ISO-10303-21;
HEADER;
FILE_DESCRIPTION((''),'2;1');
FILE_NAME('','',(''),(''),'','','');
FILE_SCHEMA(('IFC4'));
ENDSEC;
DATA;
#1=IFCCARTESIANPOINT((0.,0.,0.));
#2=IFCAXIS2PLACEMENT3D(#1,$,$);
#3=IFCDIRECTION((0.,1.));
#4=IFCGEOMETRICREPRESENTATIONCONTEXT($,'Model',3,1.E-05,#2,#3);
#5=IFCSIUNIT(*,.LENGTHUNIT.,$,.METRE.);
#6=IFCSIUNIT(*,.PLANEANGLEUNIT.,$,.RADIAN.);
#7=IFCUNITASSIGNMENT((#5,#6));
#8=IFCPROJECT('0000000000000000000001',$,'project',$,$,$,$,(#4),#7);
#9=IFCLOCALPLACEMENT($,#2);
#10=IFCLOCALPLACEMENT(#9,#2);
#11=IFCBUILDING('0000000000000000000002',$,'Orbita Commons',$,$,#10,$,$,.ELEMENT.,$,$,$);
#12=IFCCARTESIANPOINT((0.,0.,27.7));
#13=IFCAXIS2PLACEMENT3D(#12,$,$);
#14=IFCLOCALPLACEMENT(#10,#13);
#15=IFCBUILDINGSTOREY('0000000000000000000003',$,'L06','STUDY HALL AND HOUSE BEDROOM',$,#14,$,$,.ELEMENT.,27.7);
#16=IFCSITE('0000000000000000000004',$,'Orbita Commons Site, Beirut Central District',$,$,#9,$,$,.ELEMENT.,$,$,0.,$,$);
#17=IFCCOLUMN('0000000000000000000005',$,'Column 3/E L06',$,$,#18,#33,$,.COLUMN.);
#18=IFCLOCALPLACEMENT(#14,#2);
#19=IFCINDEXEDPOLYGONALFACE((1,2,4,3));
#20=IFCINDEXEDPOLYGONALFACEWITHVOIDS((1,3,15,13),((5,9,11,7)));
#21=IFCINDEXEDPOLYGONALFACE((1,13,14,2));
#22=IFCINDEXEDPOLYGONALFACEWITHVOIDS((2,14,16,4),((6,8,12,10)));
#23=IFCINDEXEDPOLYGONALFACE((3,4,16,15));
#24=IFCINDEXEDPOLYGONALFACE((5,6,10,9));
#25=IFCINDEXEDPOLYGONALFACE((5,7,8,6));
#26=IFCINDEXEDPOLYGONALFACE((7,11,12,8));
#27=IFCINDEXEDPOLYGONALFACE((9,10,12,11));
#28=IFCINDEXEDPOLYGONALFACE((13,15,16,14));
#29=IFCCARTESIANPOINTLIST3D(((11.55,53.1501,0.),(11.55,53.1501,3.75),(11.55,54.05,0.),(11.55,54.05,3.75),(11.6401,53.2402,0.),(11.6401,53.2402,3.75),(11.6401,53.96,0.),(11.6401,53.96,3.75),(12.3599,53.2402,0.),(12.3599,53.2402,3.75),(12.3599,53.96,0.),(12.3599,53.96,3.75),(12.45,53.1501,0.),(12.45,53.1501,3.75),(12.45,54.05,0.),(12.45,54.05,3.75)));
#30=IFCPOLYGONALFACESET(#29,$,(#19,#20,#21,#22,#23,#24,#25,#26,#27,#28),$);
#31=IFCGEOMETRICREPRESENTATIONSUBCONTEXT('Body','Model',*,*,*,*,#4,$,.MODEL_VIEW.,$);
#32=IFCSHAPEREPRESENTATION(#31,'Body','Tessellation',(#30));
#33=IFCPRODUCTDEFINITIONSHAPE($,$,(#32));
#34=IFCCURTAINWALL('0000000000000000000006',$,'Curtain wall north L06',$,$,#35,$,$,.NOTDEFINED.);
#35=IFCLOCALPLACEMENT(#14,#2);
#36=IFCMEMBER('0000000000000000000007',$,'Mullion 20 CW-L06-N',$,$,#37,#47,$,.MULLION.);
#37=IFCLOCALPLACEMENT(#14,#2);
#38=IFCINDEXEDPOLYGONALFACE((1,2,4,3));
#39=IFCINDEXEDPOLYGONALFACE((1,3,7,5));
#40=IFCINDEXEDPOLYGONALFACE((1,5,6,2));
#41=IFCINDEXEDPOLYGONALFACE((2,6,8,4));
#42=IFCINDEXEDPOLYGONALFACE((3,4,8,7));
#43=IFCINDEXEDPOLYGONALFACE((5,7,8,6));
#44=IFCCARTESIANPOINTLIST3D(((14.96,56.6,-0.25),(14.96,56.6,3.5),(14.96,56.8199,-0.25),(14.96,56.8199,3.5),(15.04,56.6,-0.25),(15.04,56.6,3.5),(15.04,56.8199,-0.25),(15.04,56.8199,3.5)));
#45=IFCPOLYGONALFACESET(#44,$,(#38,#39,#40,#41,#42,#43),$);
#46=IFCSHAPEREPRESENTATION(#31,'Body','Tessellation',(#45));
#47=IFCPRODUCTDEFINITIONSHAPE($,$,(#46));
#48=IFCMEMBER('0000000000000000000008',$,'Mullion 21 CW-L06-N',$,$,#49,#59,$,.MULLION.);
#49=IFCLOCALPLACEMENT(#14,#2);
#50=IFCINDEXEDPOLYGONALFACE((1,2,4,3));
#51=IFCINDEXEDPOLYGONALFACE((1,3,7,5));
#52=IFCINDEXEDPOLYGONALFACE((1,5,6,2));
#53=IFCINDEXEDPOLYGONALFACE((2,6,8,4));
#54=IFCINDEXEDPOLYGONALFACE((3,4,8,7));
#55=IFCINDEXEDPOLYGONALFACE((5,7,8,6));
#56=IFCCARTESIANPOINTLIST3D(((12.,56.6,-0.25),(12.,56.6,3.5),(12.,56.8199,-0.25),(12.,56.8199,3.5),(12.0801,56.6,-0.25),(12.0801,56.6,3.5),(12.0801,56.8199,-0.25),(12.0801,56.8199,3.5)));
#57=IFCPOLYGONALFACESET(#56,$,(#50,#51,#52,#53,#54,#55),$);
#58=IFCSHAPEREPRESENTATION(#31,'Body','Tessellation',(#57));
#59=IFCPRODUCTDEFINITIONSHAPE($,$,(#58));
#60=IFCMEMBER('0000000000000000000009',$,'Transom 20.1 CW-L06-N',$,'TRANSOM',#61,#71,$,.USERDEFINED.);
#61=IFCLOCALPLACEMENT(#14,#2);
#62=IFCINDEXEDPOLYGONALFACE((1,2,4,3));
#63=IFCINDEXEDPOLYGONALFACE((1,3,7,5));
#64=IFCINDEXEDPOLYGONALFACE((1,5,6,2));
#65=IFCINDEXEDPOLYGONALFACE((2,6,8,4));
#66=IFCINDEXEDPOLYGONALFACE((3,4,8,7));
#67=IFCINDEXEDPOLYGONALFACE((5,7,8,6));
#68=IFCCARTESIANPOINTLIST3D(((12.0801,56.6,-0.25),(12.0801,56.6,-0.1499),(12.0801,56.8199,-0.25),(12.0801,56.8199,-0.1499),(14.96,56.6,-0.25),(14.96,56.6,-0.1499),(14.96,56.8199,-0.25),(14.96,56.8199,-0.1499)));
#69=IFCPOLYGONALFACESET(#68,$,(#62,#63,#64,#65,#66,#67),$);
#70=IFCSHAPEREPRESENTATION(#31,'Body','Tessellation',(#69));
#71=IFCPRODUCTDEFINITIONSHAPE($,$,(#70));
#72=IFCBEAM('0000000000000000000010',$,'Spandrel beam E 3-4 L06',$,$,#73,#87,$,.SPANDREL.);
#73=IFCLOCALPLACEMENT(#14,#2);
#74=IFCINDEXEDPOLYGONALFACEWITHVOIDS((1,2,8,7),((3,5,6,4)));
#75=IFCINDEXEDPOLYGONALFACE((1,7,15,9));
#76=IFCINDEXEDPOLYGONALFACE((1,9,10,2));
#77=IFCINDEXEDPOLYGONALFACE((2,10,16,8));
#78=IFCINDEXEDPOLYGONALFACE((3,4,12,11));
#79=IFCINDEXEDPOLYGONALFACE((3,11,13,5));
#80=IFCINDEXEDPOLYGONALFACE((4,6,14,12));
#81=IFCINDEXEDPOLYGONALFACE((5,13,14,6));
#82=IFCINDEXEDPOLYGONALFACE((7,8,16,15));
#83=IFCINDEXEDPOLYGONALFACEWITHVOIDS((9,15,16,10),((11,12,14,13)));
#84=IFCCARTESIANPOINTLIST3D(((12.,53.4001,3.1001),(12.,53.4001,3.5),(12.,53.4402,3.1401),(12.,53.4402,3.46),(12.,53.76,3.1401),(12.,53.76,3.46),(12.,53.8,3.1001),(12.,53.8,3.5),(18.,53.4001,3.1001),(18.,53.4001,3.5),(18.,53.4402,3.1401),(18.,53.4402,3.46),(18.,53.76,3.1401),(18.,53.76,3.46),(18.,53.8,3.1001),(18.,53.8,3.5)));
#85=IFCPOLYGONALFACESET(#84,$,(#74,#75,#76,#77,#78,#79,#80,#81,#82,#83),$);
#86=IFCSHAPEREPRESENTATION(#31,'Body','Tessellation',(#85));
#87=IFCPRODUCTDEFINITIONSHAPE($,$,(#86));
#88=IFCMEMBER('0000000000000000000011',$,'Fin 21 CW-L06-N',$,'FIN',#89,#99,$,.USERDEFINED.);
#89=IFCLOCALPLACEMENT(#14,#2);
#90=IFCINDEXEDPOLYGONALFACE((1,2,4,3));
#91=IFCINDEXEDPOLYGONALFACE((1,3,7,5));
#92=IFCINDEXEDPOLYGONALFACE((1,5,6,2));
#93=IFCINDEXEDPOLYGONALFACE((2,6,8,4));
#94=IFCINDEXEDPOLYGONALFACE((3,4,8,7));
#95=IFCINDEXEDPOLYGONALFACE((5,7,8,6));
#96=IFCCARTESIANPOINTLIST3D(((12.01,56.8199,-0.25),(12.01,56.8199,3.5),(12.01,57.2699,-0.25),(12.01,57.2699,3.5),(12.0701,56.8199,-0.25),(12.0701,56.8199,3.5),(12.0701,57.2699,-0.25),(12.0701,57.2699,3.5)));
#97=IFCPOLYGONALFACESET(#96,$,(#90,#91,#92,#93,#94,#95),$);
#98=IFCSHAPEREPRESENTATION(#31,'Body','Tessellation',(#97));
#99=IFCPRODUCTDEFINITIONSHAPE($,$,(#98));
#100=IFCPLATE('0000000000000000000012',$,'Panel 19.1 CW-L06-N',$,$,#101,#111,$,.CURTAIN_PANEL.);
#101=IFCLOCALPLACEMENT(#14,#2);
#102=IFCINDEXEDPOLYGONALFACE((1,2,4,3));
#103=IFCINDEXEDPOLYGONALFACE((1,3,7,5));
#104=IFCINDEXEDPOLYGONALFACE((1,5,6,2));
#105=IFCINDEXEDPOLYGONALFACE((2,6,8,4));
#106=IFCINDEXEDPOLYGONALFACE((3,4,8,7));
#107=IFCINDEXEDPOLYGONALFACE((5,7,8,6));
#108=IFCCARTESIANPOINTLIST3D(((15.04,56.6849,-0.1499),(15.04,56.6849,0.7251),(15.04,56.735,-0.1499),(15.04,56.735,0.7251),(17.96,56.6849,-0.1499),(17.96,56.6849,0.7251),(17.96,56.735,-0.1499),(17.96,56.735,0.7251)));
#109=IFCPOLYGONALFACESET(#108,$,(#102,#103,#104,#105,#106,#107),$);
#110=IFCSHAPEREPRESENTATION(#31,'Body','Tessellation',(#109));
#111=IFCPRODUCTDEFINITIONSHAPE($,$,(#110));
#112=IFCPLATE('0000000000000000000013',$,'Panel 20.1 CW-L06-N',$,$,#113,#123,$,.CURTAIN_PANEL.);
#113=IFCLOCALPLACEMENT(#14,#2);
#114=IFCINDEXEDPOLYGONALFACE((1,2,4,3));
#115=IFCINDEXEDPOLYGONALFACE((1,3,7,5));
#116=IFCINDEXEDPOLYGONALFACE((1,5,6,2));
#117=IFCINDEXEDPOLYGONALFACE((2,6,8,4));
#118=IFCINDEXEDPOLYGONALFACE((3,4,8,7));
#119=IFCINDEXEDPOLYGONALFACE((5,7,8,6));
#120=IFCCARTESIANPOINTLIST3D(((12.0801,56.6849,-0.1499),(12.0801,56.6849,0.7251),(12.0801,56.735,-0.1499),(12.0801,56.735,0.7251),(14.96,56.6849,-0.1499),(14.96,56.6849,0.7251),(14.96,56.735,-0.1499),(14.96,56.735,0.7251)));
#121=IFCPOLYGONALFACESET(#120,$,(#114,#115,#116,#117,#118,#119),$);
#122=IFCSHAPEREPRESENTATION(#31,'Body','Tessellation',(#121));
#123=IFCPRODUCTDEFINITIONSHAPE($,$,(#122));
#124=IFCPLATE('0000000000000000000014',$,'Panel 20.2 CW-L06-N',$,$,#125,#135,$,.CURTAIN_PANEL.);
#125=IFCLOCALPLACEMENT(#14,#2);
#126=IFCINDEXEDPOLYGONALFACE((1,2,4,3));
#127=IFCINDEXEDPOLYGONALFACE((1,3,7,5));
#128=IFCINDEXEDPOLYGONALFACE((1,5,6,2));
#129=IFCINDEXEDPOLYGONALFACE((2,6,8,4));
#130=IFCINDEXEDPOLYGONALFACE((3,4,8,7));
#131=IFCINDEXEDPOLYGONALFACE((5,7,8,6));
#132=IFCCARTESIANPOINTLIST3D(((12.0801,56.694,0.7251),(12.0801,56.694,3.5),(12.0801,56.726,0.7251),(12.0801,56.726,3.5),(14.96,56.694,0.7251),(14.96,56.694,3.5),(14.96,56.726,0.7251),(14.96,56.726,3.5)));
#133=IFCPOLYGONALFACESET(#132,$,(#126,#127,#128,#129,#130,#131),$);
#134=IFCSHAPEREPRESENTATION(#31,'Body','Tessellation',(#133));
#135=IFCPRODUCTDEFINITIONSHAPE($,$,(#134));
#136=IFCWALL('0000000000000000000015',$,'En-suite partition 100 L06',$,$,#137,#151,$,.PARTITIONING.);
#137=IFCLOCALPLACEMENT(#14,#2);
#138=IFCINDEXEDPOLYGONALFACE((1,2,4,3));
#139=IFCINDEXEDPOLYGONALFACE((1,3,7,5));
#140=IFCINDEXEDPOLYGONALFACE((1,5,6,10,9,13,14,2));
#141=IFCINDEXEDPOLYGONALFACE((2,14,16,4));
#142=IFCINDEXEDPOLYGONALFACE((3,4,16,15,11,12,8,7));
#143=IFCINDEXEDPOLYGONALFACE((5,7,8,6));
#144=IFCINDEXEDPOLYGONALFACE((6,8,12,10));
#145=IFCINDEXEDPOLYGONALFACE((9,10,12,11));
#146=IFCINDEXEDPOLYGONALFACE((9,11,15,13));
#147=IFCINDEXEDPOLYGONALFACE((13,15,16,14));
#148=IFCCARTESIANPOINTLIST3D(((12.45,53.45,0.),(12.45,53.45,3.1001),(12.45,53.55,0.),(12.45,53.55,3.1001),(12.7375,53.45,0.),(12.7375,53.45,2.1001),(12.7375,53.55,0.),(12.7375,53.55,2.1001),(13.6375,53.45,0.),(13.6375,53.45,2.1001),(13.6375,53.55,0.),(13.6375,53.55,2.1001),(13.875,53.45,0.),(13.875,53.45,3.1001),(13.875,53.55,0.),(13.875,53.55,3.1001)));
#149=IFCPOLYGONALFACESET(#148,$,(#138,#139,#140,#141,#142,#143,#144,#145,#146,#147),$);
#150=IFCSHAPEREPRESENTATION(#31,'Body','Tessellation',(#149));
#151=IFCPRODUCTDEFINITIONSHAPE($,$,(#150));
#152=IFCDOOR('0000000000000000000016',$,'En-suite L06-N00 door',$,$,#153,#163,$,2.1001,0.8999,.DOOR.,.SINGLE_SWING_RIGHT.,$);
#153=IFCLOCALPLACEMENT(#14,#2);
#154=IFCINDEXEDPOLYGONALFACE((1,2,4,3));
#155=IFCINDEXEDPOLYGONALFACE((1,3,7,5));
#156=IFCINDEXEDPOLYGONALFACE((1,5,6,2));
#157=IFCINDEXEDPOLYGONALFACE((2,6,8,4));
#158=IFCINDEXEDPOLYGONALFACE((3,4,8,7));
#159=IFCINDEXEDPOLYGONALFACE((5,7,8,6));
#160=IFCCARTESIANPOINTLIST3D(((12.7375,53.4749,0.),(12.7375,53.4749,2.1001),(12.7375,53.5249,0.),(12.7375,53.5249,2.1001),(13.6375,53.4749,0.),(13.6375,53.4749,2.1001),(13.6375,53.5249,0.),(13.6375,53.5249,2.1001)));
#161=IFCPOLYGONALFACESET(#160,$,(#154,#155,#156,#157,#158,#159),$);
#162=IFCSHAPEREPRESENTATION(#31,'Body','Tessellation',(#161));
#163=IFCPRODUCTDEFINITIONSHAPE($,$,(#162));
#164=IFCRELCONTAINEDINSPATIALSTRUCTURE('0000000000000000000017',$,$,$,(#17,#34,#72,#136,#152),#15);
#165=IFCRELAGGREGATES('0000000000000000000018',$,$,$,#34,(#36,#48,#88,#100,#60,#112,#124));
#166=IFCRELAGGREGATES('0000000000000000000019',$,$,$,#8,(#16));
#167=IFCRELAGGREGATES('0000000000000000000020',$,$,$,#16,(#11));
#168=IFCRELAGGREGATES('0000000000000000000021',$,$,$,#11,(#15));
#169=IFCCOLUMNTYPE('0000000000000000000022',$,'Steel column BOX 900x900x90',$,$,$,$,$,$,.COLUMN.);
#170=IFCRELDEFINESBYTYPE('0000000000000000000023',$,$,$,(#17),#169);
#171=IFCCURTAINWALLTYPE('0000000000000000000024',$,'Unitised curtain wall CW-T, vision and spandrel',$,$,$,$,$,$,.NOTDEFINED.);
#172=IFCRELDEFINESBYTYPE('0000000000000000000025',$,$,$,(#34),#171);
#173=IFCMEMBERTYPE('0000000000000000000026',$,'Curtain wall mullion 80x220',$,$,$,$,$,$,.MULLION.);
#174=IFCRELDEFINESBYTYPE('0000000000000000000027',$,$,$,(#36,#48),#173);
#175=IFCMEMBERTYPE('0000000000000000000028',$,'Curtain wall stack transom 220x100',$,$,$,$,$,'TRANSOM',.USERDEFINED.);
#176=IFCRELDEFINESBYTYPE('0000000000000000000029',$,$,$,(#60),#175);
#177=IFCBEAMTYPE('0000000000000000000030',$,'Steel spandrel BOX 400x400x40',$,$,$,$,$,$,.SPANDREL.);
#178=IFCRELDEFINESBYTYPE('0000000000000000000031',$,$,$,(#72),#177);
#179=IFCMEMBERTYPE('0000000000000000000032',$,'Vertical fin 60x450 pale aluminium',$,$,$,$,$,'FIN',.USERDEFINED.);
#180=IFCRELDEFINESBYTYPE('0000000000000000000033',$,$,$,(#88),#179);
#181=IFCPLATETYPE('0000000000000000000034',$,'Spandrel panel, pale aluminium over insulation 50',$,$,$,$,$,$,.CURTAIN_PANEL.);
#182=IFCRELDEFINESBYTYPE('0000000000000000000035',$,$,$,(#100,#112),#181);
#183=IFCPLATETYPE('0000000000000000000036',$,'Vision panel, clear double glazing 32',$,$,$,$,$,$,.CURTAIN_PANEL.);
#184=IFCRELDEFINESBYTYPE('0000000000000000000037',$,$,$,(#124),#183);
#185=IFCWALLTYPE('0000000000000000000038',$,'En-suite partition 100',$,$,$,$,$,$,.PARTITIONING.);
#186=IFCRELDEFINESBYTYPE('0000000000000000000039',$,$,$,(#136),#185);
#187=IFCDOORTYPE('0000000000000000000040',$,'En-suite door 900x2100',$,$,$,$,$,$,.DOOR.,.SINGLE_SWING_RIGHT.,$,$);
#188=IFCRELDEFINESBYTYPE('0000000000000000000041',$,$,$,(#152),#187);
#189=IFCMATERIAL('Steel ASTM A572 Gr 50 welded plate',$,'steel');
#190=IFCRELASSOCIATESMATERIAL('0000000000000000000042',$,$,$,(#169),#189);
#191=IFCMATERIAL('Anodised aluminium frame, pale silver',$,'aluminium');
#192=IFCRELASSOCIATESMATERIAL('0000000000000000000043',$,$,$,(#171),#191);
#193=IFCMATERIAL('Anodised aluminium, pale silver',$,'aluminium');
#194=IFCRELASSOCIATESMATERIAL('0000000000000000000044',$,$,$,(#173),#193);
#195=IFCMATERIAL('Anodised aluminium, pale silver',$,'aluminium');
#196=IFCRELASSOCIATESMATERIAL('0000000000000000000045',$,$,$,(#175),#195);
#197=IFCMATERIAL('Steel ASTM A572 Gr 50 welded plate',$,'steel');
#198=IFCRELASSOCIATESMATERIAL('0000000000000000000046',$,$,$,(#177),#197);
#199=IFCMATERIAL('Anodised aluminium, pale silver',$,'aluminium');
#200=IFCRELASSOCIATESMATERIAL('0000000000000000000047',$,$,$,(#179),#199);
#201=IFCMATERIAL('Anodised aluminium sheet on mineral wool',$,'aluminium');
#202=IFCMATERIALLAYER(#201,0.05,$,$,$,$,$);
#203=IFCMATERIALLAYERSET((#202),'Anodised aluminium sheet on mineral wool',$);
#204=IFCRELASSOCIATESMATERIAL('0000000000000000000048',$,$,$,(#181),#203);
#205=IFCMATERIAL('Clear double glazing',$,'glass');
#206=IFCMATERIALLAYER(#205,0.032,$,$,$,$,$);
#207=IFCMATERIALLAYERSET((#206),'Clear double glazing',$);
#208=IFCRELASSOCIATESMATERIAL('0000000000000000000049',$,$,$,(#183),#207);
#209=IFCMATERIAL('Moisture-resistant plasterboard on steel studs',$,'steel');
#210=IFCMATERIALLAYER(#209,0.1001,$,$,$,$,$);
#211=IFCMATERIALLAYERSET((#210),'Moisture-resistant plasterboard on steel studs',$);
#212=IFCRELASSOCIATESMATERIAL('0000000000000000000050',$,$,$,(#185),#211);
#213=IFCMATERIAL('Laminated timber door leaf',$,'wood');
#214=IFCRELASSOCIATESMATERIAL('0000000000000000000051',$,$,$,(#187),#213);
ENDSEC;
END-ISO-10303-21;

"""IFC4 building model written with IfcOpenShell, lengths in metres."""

from ifc_helpers import new_model, si_unit, direction, frame, frame_2d, origin, origin_2d, place, context, subcontext, project, spatial, polyline, rectangle, hollow_rectangle, outline, extrude, material, layer, layer_set, material_profile, profile_set, type_object, element, fill, aggregate, save


model = new_model("IFC4")

# Units and contexts
model_context = context("Model", 3, precision=1e-05, world=origin(), true_north=direction((0.0, 1.0)))
body_context = subcontext(model_context, "Body", "Model", "MODEL_VIEW")
ifc_project = project(units=[si_unit("LENGTHUNIT", "METRE"), si_unit("PLANEANGLEUNIT", "RADIAN")], contexts=[model_context])

# Site, building, storey
site_placement = place(None, origin())
site = spatial("IfcSite", under=ifc_project, at=site_placement, Name="Orbita Commons Site, Beirut Central District", CompositionType="ELEMENT", RefElevation=0.0)
building_placement = place(site_placement, origin())
building = spatial("IfcBuilding", under=site, at=building_placement, Name="Orbita Commons", CompositionType="ELEMENT")
storey_placement = place(building_placement, frame((0.0, 0.0, 27.7)))
storey = spatial("IfcBuildingStorey", under=building, at=storey_placement, Name="L06", Description="STUDY HALL AND HOUSE BEDROOM", CompositionType="ELEMENT", Elevation=27.7)

# Column
ifc_material_1 = material(Name="Steel ASTM A572 Gr 50 welded plate", Category="steel")
ifc_material_profile_1 = material_profile(ifc_material_1, hollow_rectangle(XDim=0.8999, YDim=0.8999, WallThickness=0.0901, at=origin_2d()), Name="BOX 900x900x90")
ifc_profile_set_1 = profile_set([ifc_material_profile_1], Name="Steel ASTM A572 Gr 50 welded plate")
column_type = type_object("IfcColumnType", Name="Steel column BOX 900x900x90", PredefinedType="COLUMN", material=ifc_profile_set_1)
column_placement = place(storey_placement, frame((12.0, 53.6001, 0.0), z_axis=(0.0, 0.0, 1.0), x_axis=(1.0, 0.0, 0.0)))
element("IfcColumn", 1, at=column_placement, inside=storey, type_object=column_type, Name="Column 3/E L06", PredefinedType="COLUMN", context=body_context, shape_type="SweptSolid", body=[
    extrude(hollow_rectangle(XDim=0.8999, YDim=0.8999, WallThickness=0.0901, at=origin_2d()), origin(), (0.0, 0.0, 1.0), 3.75),
])

# Curtain wall, members
ifc_material_2 = material(Name="Anodised aluminium frame, pale silver", Category="aluminium")
curtain_wall_type = type_object("IfcCurtainWallType", Name="Unitised curtain wall CW-T, vision and spandrel", PredefinedType="NOTDEFINED", material=ifc_material_2)
curtain_wall_placement = place(storey_placement, origin())
curtain_wall = element("IfcCurtainWall", 2, at=curtain_wall_placement, inside=storey, type_object=curtain_wall_type, Name="Curtain wall north L06", PredefinedType="NOTDEFINED")
ifc_material_3 = material(Name="Anodised aluminium, pale silver", Category="aluminium")
ifc_material_profile_2 = material_profile(ifc_material_3, rectangle(XDim=0.0801, YDim=0.22, at=origin_2d()), Name="AL 80x220")
ifc_profile_set_2 = profile_set([ifc_material_profile_2], Name="Anodised aluminium, pale silver")
member_type_1 = type_object("IfcMemberType", Name="Curtain wall mullion 80x220", PredefinedType="MULLION", material=ifc_profile_set_2)
member_1_placement = place(storey_placement, frame((15.0, 56.71, -0.25), z_axis=(0.0, 0.0, 1.0), x_axis=(-1.0, 0.0, 0.0)))
member_1 = element("IfcMember", 3, at=member_1_placement, type_object=member_type_1, Name="Mullion 20 CW-L06-N", PredefinedType="MULLION", context=body_context, shape_type="SweptSolid", body=[
    extrude(rectangle(XDim=0.0801, YDim=0.22, at=origin_2d()), origin(), (0.0, 0.0, 1.0), 3.75),
])
member_2_placement = place(storey_placement, frame((12.04, 56.71, -0.25), z_axis=(0.0, 0.0, 1.0), x_axis=(-1.0, 0.0, 0.0)))
member_2 = element("IfcMember", 4, at=member_2_placement, type_object=member_type_1, Name="Mullion 21 CW-L06-N", PredefinedType="MULLION", context=body_context, shape_type="SweptSolid", body=[
    extrude(rectangle(XDim=0.0801, YDim=0.22, at=origin_2d()), origin(), (0.0, 0.0, 1.0), 3.75),
])
ifc_material_4 = material(Name="Anodised aluminium, pale silver", Category="aluminium")
ifc_material_profile_3 = material_profile(ifc_material_4, rectangle(XDim=0.22, YDim=0.1001, at=origin_2d()), Name="AL 220x100")
ifc_profile_set_3 = profile_set([ifc_material_profile_3], Name="Anodised aluminium, pale silver")
member_type_2 = type_object("IfcMemberType", Name="Curtain wall stack transom 220x100", ElementType="TRANSOM", PredefinedType="USERDEFINED", material=ifc_profile_set_3)
member_3_placement = place(storey_placement, frame((14.96, 56.71, -0.2), z_axis=(-1.0, 0.0, 0.0), x_axis=(0.0, -1.0, 0.0)))
member_3 = element("IfcMember", 5, at=member_3_placement, type_object=member_type_2, Name="Transom 20.1 CW-L06-N", ObjectType="TRANSOM", PredefinedType="USERDEFINED", context=body_context, shape_type="SweptSolid", body=[
    extrude(rectangle(XDim=0.22, YDim=0.1001, at=origin_2d()), origin(), (0.0, 0.0, 1.0), 2.8799),
])

# Beam
ifc_material_5 = material(Name="Steel ASTM A572 Gr 50 welded plate", Category="steel")
ifc_material_profile_4 = material_profile(ifc_material_5, hollow_rectangle(XDim=0.3999, YDim=0.3999, WallThickness=0.04, at=origin_2d()), Name="BOX 400x400x40")
ifc_profile_set_4 = profile_set([ifc_material_profile_4], Name="Steel ASTM A572 Gr 50 welded plate")
beam_type = type_object("IfcBeamType", Name="Steel spandrel BOX 400x400x40", PredefinedType="SPANDREL", material=ifc_profile_set_4)
beam_placement = place(storey_placement, frame((12.0, 53.6001, 3.3), z_axis=(1.0, 0.0, 0.0), x_axis=(0.0, 1.0, 0.0)))
element("IfcBeam", 6, at=beam_placement, inside=storey, type_object=beam_type, Name="Spandrel beam E 3-4 L06", PredefinedType="SPANDREL", context=body_context, shape_type="SweptSolid", body=[
    extrude(hollow_rectangle(XDim=0.3999, YDim=0.3999, WallThickness=0.04, at=origin_2d()), origin(), (0.0, 0.0, 1.0), 6.0),
])

# Member
ifc_material_6 = material(Name="Anodised aluminium, pale silver", Category="aluminium")
ifc_material_profile_5 = material_profile(ifc_material_6, rectangle(XDim=0.0601, YDim=0.45, at=origin_2d()), Name="FIN 60x450")
ifc_profile_set_5 = profile_set([ifc_material_profile_5], Name="Anodised aluminium, pale silver")
member_type_3 = type_object("IfcMemberType", Name="Vertical fin 60x450 pale aluminium", ElementType="FIN", PredefinedType="USERDEFINED", material=ifc_profile_set_5)
member_4_placement = place(storey_placement, frame((12.04, 57.0449, -0.25), z_axis=(0.0, 0.0, 1.0), x_axis=(-1.0, 0.0, 0.0)))
member_4 = element("IfcMember", 7, at=member_4_placement, type_object=member_type_3, Name="Fin 21 CW-L06-N", ObjectType="FIN", PredefinedType="USERDEFINED", context=body_context, shape_type="SweptSolid", body=[
    extrude(rectangle(XDim=0.0601, YDim=0.45, at=origin_2d()), origin(), (0.0, 0.0, 1.0), 3.75),
])

# Plates
ifc_material_7 = material(Name="Anodised aluminium sheet on mineral wool", Category="aluminium")
ifc_layer_1 = layer(ifc_material_7, 0.05)
ifc_layer_set_1 = layer_set([ifc_layer_1], Name="Anodised aluminium sheet on mineral wool")
plate_type_1 = type_object("IfcPlateType", Name="Spandrel panel, pale aluminium over insulation 50", PredefinedType="CURTAIN_PANEL", material=ifc_layer_set_1)
plate_1_placement = place(storey_placement, frame((16.5, 56.71, -0.1499), z_axis=(0.0, 0.0, 1.0), x_axis=(-1.0, 0.0, 0.0)))
plate_1 = element("IfcPlate", 8, at=plate_1_placement, type_object=plate_type_1, Name="Panel 19.1 CW-L06-N", PredefinedType="CURTAIN_PANEL", context=body_context, shape_type="SweptSolid", body=[
    extrude(rectangle(XDim=2.9199, YDim=0.05, at=origin_2d()), origin(), (0.0, 0.0, 1.0), 0.875),
])
plate_2_placement = place(storey_placement, frame((13.52, 56.71, -0.1499), z_axis=(0.0, 0.0, 1.0), x_axis=(-1.0, 0.0, 0.0)))
plate_2 = element("IfcPlate", 9, at=plate_2_placement, type_object=plate_type_1, Name="Panel 20.1 CW-L06-N", PredefinedType="CURTAIN_PANEL", context=body_context, shape_type="SweptSolid", body=[
    extrude(rectangle(XDim=2.8799, YDim=0.05, at=origin_2d()), origin(), (0.0, 0.0, 1.0), 0.875),
])
ifc_material_8 = material(Name="Clear double glazing", Category="glass")
ifc_layer_2 = layer(ifc_material_8, 0.032)
ifc_layer_set_2 = layer_set([ifc_layer_2], Name="Clear double glazing")
plate_type_2 = type_object("IfcPlateType", Name="Vision panel, clear double glazing 32", PredefinedType="CURTAIN_PANEL", material=ifc_layer_set_2)
plate_3_placement = place(storey_placement, frame((13.52, 56.71, 0.7251), z_axis=(0.0, 0.0, 1.0), x_axis=(-1.0, 0.0, 0.0)))
plate_3 = element("IfcPlate", 10, at=plate_3_placement, type_object=plate_type_2, Name="Panel 20.2 CW-L06-N", PredefinedType="CURTAIN_PANEL", context=body_context, shape_type="SweptSolid", body=[
    extrude(rectangle(XDim=2.8799, YDim=0.032, at=origin_2d()), origin(), (0.0, 0.0, 1.0), 2.7749),
])
aggregate(curtain_wall, [member_1, member_2, member_4, plate_1, member_3, plate_2, plate_3])

# Wall, opening, door
ifc_material_9 = material(Name="Moisture-resistant plasterboard on steel studs", Category="steel")
ifc_layer_3 = layer(ifc_material_9, 0.1001)
ifc_layer_set_3 = layer_set([ifc_layer_3], Name="Moisture-resistant plasterboard on steel studs")
wall_type_1 = type_object("IfcWallType", Name="En-suite partition 100", PredefinedType="PARTITIONING", material=ifc_layer_set_3)
wall_1_placement = place(storey_placement, frame((12.45, 53.5, 0.0), z_axis=(0.0, 0.0, 1.0), x_axis=(1.0, 0.0, 0.0)))
wall_1 = element("IfcWall", 11, at=wall_1_placement, inside=storey, type_object=wall_type_1, Name="En-suite partition 100 L06", PredefinedType="PARTITIONING", context=body_context, shape_type="SweptSolid", body=[
    extrude(outline(polyline([(0.0, 0.0), (1.425, 0.0), (1.425, 3.1001), (0.0, 3.1001), (0.0, 0.0)])), frame((0.0, 0.05, 0.0), z_axis=(0.0, -1.0, 0.0), x_axis=(1.0, 0.0, 0.0)), (0.0, 0.0, 1.0), 0.1001),
])
opening_1_placement = place(wall_1_placement, frame((0.2876, 0.0, 0.0)))
opening_1 = element("IfcOpeningElement", 12, at=opening_1_placement, cuts=wall_1, PredefinedType="OPENING", context=body_context, shape_type="SweptSolid", body=[
    extrude(rectangle(XDim=0.8999, YDim=2.1001, at=frame_2d((0.45, 1.05))), frame((0.0, 0.0601, 0.0), z_axis=(0.0, -1.0, 0.0), x_axis=(1.0, 0.0, 0.0)), (0.0, 0.0, 1.0), 0.1201),
])
ifc_material_10 = material(Name="Laminated timber door leaf", Category="wood")
door_type = type_object("IfcDoorType", Name="En-suite door 900x2100", OperationType="SINGLE_SWING_RIGHT", PredefinedType="DOOR", material=ifc_material_10)
door_1_placement = place(opening_1_placement, origin())
door_1 = element("IfcDoor", 13, at=door_1_placement, inside=storey, type_object=door_type, Name="En-suite L06-N00 door", OperationType="SINGLE_SWING_RIGHT", OverallHeight=2.1001, OverallWidth=0.8999, PredefinedType="DOOR", context=body_context, shape_type="SweptSolid", body=[
    extrude(rectangle(XDim=0.8999, YDim=2.1001, at=frame_2d((0.45, 1.05))), frame((0.0, 0.0249, 0.0), z_axis=(0.0, -1.0, 0.0), x_axis=(1.0, 0.0, 0.0)), (0.0, 0.0, 1.0), 0.05),
])
fill(opening_1, door_1)

save(model, "model.ifc")
